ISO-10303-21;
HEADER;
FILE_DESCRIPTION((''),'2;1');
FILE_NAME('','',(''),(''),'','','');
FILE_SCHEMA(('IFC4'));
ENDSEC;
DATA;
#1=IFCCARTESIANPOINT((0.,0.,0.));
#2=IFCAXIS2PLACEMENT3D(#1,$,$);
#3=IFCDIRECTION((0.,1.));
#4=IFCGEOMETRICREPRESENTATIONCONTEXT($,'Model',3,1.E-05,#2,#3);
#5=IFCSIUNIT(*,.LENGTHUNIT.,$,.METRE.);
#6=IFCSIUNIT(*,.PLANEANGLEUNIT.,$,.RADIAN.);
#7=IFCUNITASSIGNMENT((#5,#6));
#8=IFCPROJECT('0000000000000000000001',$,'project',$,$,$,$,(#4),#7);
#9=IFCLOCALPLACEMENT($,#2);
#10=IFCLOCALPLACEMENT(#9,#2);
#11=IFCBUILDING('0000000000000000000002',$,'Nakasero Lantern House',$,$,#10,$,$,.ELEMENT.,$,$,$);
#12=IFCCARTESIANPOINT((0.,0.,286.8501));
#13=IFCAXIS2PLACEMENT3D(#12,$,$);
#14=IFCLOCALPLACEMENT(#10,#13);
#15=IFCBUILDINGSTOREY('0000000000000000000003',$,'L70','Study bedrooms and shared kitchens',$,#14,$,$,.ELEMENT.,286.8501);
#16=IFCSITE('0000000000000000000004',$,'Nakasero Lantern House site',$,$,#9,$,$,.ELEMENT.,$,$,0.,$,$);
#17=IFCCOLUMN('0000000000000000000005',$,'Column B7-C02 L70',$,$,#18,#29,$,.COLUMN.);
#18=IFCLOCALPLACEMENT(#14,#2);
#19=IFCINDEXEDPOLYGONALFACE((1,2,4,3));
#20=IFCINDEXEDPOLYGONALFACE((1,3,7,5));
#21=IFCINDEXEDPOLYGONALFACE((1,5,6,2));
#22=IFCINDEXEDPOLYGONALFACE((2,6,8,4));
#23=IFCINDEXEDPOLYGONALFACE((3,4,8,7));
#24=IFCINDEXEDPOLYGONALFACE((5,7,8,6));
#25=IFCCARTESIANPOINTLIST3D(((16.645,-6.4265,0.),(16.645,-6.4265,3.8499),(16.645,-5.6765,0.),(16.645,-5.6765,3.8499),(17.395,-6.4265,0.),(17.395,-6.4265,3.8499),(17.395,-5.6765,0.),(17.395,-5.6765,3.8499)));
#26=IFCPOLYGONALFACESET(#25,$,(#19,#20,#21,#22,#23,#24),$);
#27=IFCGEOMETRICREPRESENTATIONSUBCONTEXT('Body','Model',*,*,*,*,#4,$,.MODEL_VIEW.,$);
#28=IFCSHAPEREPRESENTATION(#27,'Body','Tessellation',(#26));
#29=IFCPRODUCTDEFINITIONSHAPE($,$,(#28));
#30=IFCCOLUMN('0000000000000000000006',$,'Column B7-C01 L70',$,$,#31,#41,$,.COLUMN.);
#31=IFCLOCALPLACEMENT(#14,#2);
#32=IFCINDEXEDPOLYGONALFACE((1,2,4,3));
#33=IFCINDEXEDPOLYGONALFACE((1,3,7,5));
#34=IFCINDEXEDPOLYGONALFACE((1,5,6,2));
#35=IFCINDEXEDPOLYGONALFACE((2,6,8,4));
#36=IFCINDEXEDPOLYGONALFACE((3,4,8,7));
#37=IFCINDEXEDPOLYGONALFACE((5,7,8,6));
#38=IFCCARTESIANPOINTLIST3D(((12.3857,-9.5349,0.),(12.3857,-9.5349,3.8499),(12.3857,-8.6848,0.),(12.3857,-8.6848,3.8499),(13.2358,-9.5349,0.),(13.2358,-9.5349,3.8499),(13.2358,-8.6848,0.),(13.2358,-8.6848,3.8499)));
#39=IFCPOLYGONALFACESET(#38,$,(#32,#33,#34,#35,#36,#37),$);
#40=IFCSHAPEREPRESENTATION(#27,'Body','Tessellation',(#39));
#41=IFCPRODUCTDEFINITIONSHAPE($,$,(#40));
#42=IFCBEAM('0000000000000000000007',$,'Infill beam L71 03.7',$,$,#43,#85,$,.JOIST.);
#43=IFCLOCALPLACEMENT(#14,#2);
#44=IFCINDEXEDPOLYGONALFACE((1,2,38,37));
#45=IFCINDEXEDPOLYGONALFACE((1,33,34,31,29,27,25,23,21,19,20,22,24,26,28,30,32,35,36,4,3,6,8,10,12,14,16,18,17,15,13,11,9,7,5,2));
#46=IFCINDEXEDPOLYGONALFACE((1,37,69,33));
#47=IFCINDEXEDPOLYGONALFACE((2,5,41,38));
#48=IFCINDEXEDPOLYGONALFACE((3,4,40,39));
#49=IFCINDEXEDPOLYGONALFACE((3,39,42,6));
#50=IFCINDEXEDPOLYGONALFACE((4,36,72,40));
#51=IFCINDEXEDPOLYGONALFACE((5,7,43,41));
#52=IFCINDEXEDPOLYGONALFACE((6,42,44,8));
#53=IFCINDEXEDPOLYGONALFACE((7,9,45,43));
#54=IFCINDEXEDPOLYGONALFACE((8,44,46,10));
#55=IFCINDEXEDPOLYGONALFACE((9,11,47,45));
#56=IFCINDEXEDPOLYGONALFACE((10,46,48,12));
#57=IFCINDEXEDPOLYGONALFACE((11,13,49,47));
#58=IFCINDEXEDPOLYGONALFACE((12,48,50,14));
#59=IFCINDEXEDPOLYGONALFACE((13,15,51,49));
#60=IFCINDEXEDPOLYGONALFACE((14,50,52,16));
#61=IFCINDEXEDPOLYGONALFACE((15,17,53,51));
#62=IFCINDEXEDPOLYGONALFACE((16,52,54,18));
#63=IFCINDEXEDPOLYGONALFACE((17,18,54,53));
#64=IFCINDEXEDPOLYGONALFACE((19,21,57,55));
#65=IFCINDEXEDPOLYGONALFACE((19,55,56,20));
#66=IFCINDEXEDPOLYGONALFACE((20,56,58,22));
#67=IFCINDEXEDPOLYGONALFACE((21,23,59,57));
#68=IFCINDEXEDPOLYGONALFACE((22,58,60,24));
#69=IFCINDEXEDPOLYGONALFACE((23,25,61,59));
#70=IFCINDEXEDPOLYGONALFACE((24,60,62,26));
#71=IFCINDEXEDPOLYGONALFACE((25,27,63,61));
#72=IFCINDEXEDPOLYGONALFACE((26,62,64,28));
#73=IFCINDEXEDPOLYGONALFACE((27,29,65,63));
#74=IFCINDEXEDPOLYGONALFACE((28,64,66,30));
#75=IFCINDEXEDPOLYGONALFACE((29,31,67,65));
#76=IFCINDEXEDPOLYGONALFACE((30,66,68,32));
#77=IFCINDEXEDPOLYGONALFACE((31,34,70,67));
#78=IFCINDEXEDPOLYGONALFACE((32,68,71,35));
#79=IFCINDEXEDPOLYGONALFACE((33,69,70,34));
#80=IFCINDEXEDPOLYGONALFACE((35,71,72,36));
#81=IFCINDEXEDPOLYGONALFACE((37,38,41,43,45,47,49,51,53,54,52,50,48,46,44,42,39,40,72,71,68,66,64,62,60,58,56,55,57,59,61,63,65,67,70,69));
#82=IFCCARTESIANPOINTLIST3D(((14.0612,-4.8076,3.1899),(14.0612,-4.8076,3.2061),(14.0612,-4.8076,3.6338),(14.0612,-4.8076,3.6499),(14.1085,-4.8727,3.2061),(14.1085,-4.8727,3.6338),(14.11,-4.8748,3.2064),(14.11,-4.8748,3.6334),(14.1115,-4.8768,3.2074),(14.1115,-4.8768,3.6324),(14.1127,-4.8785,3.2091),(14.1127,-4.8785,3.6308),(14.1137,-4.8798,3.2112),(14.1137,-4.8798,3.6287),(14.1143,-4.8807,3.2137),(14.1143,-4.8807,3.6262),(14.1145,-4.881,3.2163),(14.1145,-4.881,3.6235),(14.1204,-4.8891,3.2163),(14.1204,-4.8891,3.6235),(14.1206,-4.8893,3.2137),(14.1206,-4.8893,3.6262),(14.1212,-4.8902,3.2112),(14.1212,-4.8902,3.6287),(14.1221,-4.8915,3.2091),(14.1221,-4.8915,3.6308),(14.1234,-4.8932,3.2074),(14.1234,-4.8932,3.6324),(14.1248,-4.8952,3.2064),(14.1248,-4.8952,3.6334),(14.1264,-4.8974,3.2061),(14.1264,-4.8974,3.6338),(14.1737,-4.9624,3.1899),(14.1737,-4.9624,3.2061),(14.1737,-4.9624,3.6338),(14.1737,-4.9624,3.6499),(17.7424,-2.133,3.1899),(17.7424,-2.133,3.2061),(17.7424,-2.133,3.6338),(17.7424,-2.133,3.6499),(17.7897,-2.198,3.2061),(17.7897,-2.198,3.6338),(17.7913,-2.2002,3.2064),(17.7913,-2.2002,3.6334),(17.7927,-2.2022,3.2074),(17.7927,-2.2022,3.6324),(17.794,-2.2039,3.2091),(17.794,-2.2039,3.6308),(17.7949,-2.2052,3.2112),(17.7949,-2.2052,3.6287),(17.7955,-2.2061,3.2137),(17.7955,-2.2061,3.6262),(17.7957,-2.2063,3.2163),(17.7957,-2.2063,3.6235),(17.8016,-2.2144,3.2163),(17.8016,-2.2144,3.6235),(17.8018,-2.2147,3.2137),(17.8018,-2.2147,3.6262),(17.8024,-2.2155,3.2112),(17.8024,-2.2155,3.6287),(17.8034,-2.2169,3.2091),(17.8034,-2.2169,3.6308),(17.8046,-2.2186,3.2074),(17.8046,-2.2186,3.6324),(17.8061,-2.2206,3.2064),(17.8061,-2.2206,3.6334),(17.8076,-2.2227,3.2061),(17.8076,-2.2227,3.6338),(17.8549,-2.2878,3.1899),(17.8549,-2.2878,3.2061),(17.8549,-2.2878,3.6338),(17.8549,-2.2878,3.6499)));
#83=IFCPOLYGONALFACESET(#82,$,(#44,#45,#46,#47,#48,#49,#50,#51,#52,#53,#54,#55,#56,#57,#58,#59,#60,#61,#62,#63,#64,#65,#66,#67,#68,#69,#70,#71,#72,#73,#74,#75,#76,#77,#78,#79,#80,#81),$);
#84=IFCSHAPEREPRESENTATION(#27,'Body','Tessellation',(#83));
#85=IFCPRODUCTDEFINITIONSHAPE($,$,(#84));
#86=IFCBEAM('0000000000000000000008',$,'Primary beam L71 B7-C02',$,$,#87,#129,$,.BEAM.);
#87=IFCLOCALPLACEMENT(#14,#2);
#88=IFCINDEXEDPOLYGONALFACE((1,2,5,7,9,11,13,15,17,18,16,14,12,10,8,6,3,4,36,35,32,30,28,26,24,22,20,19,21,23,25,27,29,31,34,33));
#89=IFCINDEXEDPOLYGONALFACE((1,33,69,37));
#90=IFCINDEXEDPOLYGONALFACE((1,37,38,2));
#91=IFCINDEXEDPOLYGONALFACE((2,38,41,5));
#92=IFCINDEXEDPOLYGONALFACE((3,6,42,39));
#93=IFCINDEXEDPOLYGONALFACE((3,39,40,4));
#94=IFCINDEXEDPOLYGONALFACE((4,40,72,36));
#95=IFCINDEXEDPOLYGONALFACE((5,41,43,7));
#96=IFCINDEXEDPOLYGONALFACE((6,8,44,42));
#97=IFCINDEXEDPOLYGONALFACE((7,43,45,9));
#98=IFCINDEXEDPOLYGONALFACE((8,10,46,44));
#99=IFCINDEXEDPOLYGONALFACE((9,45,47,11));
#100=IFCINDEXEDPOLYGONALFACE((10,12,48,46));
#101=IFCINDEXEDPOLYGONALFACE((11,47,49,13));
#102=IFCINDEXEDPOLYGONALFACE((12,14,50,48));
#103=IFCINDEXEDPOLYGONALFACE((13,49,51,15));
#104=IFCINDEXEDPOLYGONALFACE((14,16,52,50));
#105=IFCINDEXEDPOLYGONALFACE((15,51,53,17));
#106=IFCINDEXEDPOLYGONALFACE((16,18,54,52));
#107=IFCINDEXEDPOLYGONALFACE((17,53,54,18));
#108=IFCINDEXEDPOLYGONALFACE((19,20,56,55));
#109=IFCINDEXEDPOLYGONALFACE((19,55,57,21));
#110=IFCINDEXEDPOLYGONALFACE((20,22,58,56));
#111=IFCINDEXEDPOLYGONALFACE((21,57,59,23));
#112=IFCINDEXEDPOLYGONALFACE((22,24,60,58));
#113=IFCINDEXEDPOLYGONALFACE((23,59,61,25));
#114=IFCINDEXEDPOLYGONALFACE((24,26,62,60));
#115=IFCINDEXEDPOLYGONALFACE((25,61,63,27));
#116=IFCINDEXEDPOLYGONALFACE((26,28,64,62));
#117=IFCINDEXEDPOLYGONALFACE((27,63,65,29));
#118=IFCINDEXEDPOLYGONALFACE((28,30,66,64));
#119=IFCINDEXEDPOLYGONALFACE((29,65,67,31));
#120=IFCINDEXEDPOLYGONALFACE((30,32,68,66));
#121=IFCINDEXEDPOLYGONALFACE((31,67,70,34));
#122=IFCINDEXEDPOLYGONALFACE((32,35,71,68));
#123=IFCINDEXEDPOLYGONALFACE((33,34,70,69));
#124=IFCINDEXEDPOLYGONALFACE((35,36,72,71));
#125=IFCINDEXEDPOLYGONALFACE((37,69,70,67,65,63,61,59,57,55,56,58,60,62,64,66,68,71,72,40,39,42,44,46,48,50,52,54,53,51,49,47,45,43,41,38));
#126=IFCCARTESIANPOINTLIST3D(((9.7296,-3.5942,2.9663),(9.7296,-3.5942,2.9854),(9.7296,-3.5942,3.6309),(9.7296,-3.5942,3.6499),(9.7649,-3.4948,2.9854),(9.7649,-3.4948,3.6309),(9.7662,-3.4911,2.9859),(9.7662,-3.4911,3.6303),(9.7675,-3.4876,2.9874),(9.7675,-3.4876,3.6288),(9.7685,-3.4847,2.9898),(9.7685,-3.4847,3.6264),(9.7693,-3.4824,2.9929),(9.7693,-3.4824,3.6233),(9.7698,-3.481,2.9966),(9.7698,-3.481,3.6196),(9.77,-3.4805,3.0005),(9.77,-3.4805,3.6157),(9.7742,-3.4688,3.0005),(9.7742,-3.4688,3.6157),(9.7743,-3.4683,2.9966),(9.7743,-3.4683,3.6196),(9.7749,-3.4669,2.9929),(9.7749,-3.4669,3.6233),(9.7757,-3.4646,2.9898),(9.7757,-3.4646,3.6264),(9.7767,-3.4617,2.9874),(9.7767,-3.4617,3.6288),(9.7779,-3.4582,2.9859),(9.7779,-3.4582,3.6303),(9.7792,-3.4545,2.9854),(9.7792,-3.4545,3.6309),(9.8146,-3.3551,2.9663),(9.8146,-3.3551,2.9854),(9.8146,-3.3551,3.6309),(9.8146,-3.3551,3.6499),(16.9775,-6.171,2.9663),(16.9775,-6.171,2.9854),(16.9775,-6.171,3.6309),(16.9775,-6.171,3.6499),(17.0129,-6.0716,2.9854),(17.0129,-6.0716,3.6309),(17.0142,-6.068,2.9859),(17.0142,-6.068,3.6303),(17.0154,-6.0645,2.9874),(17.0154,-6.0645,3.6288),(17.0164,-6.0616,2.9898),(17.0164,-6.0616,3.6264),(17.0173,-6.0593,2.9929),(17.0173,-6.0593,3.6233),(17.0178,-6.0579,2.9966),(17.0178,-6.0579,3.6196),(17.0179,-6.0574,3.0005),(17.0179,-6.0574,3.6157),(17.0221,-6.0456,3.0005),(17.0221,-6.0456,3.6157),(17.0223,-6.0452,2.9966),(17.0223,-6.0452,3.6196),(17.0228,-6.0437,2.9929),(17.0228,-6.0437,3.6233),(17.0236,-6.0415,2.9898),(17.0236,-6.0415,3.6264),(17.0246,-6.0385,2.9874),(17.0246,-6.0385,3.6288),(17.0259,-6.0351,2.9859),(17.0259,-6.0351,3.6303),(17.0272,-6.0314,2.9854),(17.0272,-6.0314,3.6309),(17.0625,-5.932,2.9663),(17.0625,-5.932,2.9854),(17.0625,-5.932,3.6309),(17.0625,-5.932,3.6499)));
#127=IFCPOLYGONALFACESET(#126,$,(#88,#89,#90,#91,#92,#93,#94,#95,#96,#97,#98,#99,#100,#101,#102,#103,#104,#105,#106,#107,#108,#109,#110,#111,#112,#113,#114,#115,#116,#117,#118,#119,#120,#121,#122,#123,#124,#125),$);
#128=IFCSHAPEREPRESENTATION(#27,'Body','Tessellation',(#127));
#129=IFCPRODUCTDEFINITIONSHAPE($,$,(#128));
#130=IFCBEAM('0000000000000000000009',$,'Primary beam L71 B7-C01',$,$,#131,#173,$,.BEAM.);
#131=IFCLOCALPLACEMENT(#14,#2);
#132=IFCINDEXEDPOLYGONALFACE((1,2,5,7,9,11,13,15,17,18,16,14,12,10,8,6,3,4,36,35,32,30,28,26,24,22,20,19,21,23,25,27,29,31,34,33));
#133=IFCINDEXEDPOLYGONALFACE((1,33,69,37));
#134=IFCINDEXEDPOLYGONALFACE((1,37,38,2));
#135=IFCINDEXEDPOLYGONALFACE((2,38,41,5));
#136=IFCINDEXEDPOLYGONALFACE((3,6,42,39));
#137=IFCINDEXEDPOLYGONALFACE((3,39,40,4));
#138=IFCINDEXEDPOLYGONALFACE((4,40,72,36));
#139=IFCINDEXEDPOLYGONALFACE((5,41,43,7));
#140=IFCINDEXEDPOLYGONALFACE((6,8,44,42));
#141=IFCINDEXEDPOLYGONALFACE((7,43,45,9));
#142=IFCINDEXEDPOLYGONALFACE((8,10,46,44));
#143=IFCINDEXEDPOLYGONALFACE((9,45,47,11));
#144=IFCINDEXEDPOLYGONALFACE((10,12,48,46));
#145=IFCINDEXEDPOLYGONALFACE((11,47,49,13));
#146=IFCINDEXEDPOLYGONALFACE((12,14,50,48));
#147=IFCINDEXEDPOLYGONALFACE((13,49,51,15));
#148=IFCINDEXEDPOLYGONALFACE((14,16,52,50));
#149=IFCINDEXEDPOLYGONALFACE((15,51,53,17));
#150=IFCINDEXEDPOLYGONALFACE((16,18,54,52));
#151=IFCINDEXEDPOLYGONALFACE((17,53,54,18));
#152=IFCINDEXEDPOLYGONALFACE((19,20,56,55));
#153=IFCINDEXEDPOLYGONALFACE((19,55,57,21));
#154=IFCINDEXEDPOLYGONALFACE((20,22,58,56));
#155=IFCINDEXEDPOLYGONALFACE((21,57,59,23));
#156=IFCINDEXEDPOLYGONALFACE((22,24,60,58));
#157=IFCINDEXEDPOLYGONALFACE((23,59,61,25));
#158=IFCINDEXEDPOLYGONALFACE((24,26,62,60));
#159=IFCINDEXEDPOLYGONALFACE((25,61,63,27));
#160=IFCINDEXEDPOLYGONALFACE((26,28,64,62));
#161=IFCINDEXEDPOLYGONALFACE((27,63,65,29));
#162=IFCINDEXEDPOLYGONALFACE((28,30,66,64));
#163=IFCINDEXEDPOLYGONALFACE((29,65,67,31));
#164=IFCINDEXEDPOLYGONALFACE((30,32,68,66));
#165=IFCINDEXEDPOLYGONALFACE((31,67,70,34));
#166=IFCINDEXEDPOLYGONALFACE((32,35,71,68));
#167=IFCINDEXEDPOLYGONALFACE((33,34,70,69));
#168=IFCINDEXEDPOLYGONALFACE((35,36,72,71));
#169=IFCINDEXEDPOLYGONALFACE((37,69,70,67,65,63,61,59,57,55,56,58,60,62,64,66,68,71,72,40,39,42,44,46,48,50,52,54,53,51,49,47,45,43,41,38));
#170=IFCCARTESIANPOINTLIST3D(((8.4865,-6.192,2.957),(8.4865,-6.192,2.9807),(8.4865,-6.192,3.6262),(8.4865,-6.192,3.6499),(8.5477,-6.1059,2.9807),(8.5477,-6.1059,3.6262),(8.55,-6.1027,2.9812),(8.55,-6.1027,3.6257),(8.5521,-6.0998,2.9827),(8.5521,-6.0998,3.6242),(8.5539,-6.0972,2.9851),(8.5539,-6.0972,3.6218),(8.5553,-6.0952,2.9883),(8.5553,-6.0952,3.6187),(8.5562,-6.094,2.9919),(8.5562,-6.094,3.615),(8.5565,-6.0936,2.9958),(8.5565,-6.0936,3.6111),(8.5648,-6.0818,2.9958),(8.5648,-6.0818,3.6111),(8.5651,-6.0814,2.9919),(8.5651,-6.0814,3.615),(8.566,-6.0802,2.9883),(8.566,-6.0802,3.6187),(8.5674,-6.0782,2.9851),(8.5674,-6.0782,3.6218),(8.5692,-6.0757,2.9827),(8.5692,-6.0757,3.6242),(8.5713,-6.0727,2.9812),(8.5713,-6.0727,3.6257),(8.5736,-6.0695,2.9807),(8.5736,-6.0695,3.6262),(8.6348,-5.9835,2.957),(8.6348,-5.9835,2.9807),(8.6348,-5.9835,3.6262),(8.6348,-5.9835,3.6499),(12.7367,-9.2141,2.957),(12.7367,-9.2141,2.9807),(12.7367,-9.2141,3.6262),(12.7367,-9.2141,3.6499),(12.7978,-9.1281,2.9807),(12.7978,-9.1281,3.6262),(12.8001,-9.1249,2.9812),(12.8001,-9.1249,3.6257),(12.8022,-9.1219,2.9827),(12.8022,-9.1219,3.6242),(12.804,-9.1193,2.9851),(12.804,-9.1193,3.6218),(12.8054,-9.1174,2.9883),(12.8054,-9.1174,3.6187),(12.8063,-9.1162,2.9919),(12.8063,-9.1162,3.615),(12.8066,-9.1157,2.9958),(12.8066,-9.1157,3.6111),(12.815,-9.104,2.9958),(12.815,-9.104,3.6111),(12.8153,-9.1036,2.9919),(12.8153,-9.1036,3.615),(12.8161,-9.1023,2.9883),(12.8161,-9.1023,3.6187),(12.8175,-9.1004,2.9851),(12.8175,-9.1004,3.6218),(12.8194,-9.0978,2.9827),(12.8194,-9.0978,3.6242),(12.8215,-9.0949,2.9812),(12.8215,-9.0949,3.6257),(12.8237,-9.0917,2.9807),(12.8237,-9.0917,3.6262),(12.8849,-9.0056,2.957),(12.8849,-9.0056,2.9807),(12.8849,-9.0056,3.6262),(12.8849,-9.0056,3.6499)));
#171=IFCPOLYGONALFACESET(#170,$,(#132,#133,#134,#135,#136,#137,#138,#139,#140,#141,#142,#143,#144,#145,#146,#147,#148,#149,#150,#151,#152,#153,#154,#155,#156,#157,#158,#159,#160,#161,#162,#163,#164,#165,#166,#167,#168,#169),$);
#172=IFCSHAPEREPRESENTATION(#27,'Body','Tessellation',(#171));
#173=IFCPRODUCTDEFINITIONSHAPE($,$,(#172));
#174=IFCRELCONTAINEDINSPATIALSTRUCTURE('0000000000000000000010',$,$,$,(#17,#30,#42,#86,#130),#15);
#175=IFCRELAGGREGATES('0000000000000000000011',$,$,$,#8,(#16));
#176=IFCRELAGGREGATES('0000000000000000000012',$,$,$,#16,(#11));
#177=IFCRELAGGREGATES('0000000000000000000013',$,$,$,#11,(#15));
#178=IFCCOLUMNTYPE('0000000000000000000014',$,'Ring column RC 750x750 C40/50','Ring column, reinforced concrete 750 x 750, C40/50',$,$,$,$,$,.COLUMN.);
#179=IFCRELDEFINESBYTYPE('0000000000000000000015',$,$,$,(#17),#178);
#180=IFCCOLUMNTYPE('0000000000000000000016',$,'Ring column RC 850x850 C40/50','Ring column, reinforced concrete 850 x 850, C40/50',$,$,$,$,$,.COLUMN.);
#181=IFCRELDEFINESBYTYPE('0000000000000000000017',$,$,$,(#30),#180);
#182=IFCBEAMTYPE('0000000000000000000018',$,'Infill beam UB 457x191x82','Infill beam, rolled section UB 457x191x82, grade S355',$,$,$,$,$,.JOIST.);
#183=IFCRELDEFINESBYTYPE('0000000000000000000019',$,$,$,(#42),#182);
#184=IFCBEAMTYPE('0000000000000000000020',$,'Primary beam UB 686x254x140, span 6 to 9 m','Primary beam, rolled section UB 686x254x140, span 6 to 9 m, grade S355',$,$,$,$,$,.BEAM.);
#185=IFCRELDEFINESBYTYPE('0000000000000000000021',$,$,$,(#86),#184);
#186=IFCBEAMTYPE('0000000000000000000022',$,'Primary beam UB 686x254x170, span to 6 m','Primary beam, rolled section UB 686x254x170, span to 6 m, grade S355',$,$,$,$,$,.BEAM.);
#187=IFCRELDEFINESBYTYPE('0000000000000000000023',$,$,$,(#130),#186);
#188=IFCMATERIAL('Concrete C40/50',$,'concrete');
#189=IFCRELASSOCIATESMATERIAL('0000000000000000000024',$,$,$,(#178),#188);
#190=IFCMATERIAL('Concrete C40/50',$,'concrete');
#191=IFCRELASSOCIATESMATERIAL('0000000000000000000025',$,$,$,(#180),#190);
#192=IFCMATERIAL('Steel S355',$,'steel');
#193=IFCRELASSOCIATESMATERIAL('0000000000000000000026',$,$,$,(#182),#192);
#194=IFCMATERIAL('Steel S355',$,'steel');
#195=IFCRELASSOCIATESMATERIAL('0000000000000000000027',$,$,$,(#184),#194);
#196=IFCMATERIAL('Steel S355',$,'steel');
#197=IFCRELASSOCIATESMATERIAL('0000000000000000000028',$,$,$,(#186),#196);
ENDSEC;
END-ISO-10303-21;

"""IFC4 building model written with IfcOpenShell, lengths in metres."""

from ifc_helpers import new_model, si_unit, direction, frame, origin, origin_2d, place, context, subcontext, project, spatial, rectangle, i_section, extrude, material, material_profile, profile_set, type_object, element, save


model = new_model("IFC4")

# Units and contexts
model_context = context("Model", 3, precision=1e-05, world=origin(), true_north=direction((0.0, 1.0)))
body_context = subcontext(model_context, "Body", "Model", "MODEL_VIEW")
ifc_project = project(units=[si_unit("LENGTHUNIT", "METRE"), si_unit("PLANEANGLEUNIT", "RADIAN")], contexts=[model_context])

# Site, building, storey
site_placement = place(None, origin())
site = spatial("IfcSite", under=ifc_project, at=site_placement, Name="Nakasero Lantern House site", CompositionType="ELEMENT", RefElevation=0.0)
building_placement = place(site_placement, origin())
building = spatial("IfcBuilding", under=site, at=building_placement, Name="Nakasero Lantern House", CompositionType="ELEMENT")
storey_placement = place(building_placement, frame((0.0, 0.0, 286.8501)))
storey = spatial("IfcBuildingStorey", under=building, at=storey_placement, Name="L70", Description="Study bedrooms and shared kitchens", CompositionType="ELEMENT", Elevation=286.8501)

# Columns
ifc_material_1 = material(Name="Concrete C40/50", Category="concrete")
ifc_material_profile_1 = material_profile(ifc_material_1, rectangle(XDim=0.75, YDim=0.75, at=origin_2d()), Name="RC 750x750")
ifc_profile_set_1 = profile_set([ifc_material_profile_1], Name="Concrete C40/50")
column_type_1 = type_object("IfcColumnType", Name="Ring column RC 750x750 C40/50", Description="Ring column, reinforced concrete 750 x 750, C40/50", PredefinedType="COLUMN", material=ifc_profile_set_1)
column_1_placement = place(storey_placement, frame((17.02, -6.0515, 0.0), z_axis=(0.0, 0.0, 1.0), x_axis=(1.0, 0.0, 0.0)))
element("IfcColumn", 1, at=column_1_placement, inside=storey, type_object=column_type_1, Name="Column B7-C02 L70", PredefinedType="COLUMN", context=body_context, shape_type="SweptSolid", body=[
    extrude(rectangle(XDim=0.75, YDim=0.75, at=origin_2d()), origin(), (0.0, 0.0, 1.0), 3.8499),
])
ifc_material_2 = material(Name="Concrete C40/50", Category="concrete")
ifc_material_profile_2 = material_profile(ifc_material_2, rectangle(XDim=0.8501, YDim=0.8501, at=origin_2d()), Name="RC 850x850")
ifc_profile_set_2 = profile_set([ifc_material_profile_2], Name="Concrete C40/50")
column_type_2 = type_object("IfcColumnType", Name="Ring column RC 850x850 C40/50", Description="Ring column, reinforced concrete 850 x 850, C40/50", PredefinedType="COLUMN", material=ifc_profile_set_2)
column_2_placement = place(storey_placement, frame((12.8108, -9.1099, 0.0), z_axis=(0.0, 0.0, 1.0), x_axis=(1.0, 0.0, 0.0)))
element("IfcColumn", 2, at=column_2_placement, inside=storey, type_object=column_type_2, Name="Column B7-C01 L70", PredefinedType="COLUMN", context=body_context, shape_type="SweptSolid", body=[
    extrude(rectangle(XDim=0.8501, YDim=0.8501, at=origin_2d()), origin(), (0.0, 0.0, 1.0), 3.8499),
])

# Beams
ifc_material_3 = material(Name="Steel S355", Category="steel")
ifc_material_profile_3 = material_profile(ifc_material_3, i_section(OverallWidth=0.1914, OverallDepth=0.46, WebThickness=0.01, FlangeThickness=0.0161, FilletRadius=0.0103, at=origin_2d()), Name="UB 457x191x82")
ifc_profile_set_3 = profile_set([ifc_material_profile_3], Name="Steel S355")
beam_type_1 = type_object("IfcBeamType", Name="Infill beam UB 457x191x82", Description="Infill beam, rolled section UB 457x191x82, grade S355", PredefinedType="JOIST", material=ifc_profile_set_3)
beam_1_placement = place(storey_placement, frame((14.1174, -4.885, 3.4199), z_axis=(0.809012, 0.587792, 0.0), x_axis=(-0.587792, 0.809012, 0.0)))
element("IfcBeam", 3, at=beam_1_placement, inside=storey, type_object=beam_type_1, Name="Infill beam L71 03.7", PredefinedType="JOIST", context=body_context, shape_type="SweptSolid", body=[
    extrude(i_section(OverallWidth=0.1914, OverallDepth=0.46, WebThickness=0.01, FlangeThickness=0.0161, FilletRadius=0.0103, at=origin_2d()), origin(), (0.0, 0.0, 1.0), 4.5503),
])
ifc_material_4 = material(Name="Steel S355", Category="steel")
ifc_material_profile_4 = material_profile(ifc_material_4, i_section(OverallWidth=0.2537, OverallDepth=0.6836, WebThickness=0.0125, FlangeThickness=0.019, FilletRadius=0.0151, at=origin_2d()), Name="UB 686x254x140")
ifc_profile_set_4 = profile_set([ifc_material_profile_4], Name="Steel S355")
beam_type_2 = type_object("IfcBeamType", Name="Primary beam UB 686x254x140, span 6 to 9 m", Description="Primary beam, rolled section UB 686x254x140, span 6 to 9 m, grade S355", PredefinedType="BEAM", material=ifc_profile_set_4)
beam_2_placement = place(storey_placement, frame((17.02, -6.0515, 3.3081), z_axis=(-0.942222, 0.334989, 0.0), x_axis=(-0.334989, -0.942222, 0.0)))
element("IfcBeam", 4, at=beam_2_placement, inside=storey, type_object=beam_type_2, Name="Primary beam L71 B7-C02", PredefinedType="BEAM", context=body_context, shape_type="SweptSolid", body=[
    extrude(i_section(OverallWidth=0.2537, OverallDepth=0.6836, WebThickness=0.0125, FlangeThickness=0.019, FilletRadius=0.0151, at=origin_2d()), origin(), (0.0, 0.0, 1.0), 7.6924),
])
ifc_material_5 = material(Name="Steel S355", Category="steel")
ifc_material_profile_5 = material_profile(ifc_material_5, i_section(OverallWidth=0.2559, OverallDepth=0.6929, WebThickness=0.0144, FlangeThickness=0.0237, FilletRadius=0.0151, at=origin_2d()), Name="UB 686x254x170")
ifc_profile_set_5 = profile_set([ifc_material_profile_5], Name="Steel S355")
beam_type_3 = type_object("IfcBeamType", Name="Primary beam UB 686x254x170, span to 6 m", Description="Primary beam, rolled section UB 686x254x170, span to 6 m, grade S355", PredefinedType="BEAM", material=ifc_profile_set_5)
beam_3_placement = place(storey_placement, frame((12.8108, -9.1099, 3.3035), z_axis=(-0.814972, 0.579501, 0.0), x_axis=(-0.579501, -0.814972, 0.0)))
element("IfcBeam", 5, at=beam_3_placement, inside=storey, type_object=beam_type_3, Name="Primary beam L71 B7-C01", PredefinedType="BEAM", context=body_context, shape_type="SweptSolid", body=[
    extrude(i_section(OverallWidth=0.2559, OverallDepth=0.6929, WebThickness=0.0144, FlangeThickness=0.0237, FilletRadius=0.0151, at=origin_2d()), origin(), (0.0, 0.0, 1.0), 5.2151),
])

save(model, "model.ifc")
